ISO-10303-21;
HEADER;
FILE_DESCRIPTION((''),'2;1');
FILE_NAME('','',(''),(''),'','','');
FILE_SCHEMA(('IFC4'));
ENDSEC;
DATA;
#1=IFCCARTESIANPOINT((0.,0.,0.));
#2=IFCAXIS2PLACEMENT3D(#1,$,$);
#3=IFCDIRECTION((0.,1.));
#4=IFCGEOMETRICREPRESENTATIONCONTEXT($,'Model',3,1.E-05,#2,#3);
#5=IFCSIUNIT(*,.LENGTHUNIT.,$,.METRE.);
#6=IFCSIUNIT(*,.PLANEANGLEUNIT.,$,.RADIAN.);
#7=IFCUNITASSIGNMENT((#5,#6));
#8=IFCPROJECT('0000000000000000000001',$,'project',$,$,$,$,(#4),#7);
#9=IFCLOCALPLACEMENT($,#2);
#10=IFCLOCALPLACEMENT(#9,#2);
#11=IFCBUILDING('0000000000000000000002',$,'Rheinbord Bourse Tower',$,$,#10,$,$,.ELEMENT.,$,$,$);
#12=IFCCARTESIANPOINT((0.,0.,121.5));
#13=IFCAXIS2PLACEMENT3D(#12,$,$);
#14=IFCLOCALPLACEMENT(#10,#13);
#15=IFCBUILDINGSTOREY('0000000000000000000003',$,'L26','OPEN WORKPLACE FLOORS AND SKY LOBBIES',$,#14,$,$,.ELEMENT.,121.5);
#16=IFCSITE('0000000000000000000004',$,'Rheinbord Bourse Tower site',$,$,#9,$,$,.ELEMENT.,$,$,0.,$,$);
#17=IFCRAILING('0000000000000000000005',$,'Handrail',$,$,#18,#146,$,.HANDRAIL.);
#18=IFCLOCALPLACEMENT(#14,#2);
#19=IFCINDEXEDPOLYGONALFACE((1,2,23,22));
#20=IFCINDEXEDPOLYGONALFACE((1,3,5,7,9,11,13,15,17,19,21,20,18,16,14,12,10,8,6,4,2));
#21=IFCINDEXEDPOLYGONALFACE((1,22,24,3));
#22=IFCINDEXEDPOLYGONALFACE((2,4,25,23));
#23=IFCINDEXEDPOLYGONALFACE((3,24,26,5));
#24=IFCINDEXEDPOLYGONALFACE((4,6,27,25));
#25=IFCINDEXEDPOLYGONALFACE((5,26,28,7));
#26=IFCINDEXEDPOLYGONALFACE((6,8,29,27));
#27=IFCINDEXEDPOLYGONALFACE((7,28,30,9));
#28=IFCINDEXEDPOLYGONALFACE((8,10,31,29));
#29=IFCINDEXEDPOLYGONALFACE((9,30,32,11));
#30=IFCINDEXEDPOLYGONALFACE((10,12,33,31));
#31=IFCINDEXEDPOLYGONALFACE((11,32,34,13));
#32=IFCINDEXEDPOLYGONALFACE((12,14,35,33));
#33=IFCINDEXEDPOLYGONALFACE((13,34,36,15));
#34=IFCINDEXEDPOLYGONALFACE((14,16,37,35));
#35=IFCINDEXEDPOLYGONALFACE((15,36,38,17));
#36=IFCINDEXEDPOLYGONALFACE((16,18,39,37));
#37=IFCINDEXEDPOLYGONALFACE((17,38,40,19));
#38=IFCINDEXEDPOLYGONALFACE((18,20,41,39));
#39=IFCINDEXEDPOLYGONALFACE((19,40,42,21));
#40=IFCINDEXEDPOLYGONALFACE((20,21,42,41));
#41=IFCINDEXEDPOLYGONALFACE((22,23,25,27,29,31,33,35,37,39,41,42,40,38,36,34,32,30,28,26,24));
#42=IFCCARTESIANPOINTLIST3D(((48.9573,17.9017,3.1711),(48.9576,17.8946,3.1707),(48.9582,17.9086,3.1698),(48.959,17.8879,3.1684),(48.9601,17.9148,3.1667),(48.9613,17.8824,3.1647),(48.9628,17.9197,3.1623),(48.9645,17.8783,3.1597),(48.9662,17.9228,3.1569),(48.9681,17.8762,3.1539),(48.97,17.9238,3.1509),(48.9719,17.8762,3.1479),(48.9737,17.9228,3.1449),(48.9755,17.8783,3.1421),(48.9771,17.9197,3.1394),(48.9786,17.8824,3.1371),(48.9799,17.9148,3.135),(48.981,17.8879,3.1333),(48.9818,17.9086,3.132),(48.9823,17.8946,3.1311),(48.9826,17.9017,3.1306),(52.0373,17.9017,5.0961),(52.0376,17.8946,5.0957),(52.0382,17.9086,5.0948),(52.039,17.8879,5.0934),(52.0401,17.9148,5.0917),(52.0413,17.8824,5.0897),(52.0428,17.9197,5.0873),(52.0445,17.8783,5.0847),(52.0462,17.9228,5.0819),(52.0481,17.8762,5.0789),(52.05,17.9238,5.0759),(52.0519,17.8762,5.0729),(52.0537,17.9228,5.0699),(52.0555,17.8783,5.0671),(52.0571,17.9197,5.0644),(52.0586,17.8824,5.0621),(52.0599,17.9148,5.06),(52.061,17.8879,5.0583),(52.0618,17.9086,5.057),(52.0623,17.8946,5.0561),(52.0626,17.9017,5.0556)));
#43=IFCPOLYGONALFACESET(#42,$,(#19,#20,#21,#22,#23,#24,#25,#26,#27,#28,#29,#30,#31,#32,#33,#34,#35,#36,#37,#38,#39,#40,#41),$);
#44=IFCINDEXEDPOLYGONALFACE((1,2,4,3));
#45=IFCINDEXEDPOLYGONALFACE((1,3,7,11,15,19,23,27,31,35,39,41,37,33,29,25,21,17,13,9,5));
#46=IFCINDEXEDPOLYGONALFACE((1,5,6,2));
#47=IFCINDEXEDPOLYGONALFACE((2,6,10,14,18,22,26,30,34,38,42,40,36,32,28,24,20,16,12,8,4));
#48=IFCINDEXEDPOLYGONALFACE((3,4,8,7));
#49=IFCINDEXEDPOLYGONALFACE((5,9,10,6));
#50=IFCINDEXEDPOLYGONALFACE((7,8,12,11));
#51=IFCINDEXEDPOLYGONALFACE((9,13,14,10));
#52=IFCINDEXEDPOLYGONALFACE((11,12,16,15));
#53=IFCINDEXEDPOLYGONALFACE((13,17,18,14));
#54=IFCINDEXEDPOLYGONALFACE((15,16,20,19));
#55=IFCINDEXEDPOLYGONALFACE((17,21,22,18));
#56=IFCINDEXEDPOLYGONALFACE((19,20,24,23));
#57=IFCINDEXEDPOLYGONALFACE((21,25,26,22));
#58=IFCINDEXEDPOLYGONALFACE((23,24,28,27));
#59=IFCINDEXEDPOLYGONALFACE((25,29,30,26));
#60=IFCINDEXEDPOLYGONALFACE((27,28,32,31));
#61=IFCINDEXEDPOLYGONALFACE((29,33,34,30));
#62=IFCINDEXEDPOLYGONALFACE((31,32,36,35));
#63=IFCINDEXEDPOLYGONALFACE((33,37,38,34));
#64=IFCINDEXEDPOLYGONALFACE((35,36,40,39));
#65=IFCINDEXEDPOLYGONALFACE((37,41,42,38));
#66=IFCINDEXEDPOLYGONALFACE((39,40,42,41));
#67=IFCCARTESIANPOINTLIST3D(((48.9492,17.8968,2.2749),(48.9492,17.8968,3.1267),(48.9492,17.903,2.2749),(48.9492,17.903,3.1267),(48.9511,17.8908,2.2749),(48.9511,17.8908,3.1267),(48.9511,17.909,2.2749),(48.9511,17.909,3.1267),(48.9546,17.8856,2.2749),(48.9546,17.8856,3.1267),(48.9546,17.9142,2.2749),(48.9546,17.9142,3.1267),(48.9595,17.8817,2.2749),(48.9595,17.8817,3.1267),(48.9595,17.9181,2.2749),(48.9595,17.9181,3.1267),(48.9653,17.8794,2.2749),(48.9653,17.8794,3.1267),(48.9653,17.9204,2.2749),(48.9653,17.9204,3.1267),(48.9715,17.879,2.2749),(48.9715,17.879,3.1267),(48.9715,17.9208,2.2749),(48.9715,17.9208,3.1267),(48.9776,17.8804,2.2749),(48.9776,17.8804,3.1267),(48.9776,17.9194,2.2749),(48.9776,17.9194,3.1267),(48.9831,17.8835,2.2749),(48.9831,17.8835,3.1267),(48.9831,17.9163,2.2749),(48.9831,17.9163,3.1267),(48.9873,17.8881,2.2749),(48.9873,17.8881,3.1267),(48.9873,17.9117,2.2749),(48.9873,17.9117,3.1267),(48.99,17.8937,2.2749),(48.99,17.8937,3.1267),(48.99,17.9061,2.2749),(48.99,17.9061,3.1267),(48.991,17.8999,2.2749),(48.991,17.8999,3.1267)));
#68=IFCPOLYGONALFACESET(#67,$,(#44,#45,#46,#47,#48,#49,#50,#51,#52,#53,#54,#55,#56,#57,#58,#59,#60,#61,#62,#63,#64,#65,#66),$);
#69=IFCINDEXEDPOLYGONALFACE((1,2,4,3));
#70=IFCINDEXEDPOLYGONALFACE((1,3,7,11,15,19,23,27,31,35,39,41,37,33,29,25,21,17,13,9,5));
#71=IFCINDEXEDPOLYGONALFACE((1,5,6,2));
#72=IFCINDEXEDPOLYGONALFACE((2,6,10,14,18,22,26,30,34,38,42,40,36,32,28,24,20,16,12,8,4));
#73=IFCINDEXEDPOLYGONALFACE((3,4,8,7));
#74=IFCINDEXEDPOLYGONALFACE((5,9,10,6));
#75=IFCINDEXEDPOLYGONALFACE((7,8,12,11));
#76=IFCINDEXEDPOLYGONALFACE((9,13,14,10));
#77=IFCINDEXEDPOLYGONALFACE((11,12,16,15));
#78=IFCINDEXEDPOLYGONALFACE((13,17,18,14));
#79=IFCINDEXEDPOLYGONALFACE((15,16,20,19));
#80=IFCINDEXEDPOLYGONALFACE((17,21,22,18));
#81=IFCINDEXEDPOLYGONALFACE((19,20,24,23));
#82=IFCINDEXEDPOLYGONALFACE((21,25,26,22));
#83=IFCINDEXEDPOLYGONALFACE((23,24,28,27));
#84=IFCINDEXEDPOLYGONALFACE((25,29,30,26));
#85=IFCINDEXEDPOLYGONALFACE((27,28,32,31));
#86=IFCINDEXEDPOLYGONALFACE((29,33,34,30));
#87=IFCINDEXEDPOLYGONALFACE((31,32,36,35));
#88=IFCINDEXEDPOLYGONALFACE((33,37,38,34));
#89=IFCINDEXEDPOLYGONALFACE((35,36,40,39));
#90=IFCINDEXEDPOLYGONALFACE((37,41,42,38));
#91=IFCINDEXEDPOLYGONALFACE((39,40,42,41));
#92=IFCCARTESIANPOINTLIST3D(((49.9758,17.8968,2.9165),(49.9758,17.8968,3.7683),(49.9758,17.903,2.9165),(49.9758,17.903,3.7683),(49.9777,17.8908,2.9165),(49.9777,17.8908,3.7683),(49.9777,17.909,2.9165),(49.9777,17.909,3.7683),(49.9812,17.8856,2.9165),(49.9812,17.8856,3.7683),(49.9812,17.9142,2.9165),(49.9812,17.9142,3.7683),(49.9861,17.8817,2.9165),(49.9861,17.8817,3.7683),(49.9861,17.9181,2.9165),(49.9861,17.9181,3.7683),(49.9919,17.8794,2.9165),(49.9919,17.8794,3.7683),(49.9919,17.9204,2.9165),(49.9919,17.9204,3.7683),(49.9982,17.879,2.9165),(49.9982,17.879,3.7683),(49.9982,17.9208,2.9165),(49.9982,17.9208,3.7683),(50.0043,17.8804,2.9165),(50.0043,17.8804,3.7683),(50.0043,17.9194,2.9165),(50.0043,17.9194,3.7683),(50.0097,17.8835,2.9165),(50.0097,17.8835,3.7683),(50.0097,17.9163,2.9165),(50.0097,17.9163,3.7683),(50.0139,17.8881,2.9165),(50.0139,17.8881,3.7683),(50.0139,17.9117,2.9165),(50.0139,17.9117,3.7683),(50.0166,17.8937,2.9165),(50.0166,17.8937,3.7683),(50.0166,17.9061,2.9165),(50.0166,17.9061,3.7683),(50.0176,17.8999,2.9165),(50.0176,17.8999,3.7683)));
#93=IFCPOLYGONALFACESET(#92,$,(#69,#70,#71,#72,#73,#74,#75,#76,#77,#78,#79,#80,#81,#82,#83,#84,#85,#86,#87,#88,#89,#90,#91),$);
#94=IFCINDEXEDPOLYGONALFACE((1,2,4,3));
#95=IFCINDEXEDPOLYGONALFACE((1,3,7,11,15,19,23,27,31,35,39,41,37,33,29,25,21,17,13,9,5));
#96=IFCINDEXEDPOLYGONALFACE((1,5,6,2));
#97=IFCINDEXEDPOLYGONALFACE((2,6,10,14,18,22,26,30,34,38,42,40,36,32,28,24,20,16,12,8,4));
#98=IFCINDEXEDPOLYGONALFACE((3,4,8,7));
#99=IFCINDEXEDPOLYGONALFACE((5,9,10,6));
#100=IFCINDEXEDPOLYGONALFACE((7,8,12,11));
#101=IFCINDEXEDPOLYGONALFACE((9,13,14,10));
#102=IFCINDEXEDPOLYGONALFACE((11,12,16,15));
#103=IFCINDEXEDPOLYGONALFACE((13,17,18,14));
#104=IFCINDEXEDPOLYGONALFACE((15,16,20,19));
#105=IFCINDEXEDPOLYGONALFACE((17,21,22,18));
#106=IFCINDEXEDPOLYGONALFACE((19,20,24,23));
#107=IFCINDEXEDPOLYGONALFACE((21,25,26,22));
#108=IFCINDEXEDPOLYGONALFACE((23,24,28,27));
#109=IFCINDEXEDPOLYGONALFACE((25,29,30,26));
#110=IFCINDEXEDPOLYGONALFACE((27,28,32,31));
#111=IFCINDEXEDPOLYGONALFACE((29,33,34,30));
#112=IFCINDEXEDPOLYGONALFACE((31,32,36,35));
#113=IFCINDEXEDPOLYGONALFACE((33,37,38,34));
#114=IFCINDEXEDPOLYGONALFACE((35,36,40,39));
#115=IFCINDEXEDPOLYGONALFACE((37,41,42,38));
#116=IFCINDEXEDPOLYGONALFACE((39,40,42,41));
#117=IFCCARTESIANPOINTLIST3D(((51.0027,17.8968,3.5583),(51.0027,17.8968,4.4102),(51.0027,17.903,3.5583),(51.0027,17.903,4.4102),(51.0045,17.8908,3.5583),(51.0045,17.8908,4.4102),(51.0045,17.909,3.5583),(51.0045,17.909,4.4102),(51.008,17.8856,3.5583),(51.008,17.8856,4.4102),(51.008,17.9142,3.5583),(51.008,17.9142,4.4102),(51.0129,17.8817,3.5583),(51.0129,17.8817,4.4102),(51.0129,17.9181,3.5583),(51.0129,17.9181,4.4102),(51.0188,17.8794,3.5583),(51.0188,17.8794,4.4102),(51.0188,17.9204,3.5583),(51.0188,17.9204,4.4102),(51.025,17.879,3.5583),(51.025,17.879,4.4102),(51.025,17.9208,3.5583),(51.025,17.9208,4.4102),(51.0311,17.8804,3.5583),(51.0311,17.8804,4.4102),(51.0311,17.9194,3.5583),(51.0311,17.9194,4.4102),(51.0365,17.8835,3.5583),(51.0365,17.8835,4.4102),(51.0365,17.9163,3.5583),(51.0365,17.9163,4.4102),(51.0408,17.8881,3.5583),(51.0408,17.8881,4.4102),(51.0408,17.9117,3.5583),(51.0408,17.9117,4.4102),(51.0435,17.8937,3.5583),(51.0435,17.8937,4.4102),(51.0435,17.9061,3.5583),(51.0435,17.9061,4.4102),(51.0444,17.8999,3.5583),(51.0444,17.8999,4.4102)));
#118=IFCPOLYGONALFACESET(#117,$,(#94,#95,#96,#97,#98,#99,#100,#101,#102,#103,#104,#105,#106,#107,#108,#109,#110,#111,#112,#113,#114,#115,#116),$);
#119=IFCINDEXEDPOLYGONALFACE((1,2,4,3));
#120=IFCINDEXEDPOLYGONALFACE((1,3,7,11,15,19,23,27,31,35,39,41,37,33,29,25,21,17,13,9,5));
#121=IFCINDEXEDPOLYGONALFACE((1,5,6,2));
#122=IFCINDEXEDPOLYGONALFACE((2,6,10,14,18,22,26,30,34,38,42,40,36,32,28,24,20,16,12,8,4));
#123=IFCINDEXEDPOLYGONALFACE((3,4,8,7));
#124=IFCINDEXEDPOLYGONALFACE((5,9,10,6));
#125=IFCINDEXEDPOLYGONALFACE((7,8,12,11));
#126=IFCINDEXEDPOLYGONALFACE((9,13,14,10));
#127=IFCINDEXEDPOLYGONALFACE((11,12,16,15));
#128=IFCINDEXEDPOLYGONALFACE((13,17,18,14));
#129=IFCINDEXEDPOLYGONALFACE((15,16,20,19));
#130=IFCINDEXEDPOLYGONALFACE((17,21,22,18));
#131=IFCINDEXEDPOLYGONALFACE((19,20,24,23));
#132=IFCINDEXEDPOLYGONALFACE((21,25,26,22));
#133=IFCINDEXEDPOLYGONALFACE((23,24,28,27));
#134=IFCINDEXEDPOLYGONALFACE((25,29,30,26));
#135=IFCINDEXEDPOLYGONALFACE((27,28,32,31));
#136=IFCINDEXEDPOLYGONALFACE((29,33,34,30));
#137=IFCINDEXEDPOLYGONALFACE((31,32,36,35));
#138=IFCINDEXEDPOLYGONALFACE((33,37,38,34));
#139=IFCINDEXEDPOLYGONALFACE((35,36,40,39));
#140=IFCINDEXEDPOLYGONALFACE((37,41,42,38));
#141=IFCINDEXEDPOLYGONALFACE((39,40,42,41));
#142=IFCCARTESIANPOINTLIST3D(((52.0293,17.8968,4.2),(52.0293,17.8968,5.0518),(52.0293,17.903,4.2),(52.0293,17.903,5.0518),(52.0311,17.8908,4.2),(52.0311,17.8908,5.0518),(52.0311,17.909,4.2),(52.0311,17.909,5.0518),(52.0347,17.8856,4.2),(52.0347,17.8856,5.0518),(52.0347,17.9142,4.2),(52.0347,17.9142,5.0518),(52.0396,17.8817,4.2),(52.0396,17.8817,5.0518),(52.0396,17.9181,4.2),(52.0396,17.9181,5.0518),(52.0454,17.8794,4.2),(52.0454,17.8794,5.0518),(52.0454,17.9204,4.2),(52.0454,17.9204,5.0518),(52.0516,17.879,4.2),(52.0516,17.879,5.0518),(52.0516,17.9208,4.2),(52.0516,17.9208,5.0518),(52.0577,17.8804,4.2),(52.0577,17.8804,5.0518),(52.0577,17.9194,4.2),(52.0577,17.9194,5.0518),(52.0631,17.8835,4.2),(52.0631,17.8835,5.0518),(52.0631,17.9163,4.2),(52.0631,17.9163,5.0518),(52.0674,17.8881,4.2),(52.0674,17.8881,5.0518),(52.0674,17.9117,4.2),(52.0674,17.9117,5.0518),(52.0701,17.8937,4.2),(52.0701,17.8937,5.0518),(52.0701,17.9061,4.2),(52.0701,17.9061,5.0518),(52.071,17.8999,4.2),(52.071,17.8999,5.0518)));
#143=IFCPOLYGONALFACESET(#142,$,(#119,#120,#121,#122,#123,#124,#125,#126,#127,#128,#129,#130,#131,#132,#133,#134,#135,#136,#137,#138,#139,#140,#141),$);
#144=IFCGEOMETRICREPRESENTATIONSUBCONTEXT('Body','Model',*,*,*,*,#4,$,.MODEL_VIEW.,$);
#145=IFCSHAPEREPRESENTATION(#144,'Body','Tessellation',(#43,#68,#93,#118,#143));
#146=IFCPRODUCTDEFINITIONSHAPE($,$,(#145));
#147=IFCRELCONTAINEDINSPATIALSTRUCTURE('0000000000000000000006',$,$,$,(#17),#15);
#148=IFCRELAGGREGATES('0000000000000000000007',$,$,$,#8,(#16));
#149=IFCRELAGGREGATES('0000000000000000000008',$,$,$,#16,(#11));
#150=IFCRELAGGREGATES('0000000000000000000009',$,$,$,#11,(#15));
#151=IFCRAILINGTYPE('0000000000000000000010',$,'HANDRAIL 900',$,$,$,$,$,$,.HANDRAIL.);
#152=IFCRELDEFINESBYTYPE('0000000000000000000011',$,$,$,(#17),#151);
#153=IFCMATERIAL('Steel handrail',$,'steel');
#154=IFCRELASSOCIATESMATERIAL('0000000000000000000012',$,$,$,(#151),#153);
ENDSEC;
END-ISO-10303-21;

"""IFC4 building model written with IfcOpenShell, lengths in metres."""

from ifc_helpers import new_model, si_unit, direction, frame, origin, origin_2d, place, context, subcontext, project, spatial, circle, extrude, material, type_object, element, save


model = new_model("IFC4")

# Units and contexts
model_context = context("Model", 3, precision=1e-05, world=origin(), true_north=direction((0.0, 1.0)))
body_context = subcontext(model_context, "Body", "Model", "MODEL_VIEW")
ifc_project = project(units=[si_unit("LENGTHUNIT", "METRE"), si_unit("PLANEANGLEUNIT", "RADIAN")], contexts=[model_context])

# Site, building, storey
site_placement = place(None, origin())
site = spatial("IfcSite", under=ifc_project, at=site_placement, Name="Rheinbord Bourse Tower site", CompositionType="ELEMENT", RefElevation=0.0)
building_placement = place(site_placement, origin())
building = spatial("IfcBuilding", under=site, at=building_placement, Name="Rheinbord Bourse Tower", CompositionType="ELEMENT")
storey_placement = place(building_placement, frame((0.0, 0.0, 121.5)))
storey = spatial("IfcBuildingStorey", under=building, at=storey_placement, Name="L26", Description="OPEN WORKPLACE FLOORS AND SKY LOBBIES", CompositionType="ELEMENT", Elevation=121.5)

# Railing
ifc_material_1 = material(Name="Steel handrail", Category="steel")
railing_type = type_object("IfcRailingType", Name="HANDRAIL 900", PredefinedType="HANDRAIL", material=ifc_material_1)
railing_1_placement = place(storey_placement, frame((48.97, 17.8999, 2.2749)))
element("IfcRailing", 1, at=railing_1_placement, inside=storey, type_object=railing_type, Name="Handrail", PredefinedType="HANDRAIL", context=body_context, shape_type="SweptSolid", body=[
    extrude(circle(Radius=0.0239, at=origin_2d()), frame((0.0, 0.0, 0.876), z_axis=(0.847998, 0.0, 0.529999), x_axis=(0.0, 1.0, 0.0)), (0.0, 0.0, 1.0), 3.6321),
    extrude(circle(Radius=0.021, at=origin_2d()), origin(), (0.0, 0.0, 1.0), 0.8518),
    extrude(circle(Radius=0.021, at=origin_2d()), frame((1.0266, 0.0, 0.6416)), (0.0, 0.0, 1.0), 0.8518),
    extrude(circle(Radius=0.021, at=origin_2d()), frame((2.0535, 0.0, 1.2834)), (0.0, 0.0, 1.0), 0.8518),
    extrude(circle(Radius=0.021, at=origin_2d()), frame((3.0801, 0.0, 1.925)), (0.0, 0.0, 1.0), 0.8518),
])

save(model, "model.ifc")
